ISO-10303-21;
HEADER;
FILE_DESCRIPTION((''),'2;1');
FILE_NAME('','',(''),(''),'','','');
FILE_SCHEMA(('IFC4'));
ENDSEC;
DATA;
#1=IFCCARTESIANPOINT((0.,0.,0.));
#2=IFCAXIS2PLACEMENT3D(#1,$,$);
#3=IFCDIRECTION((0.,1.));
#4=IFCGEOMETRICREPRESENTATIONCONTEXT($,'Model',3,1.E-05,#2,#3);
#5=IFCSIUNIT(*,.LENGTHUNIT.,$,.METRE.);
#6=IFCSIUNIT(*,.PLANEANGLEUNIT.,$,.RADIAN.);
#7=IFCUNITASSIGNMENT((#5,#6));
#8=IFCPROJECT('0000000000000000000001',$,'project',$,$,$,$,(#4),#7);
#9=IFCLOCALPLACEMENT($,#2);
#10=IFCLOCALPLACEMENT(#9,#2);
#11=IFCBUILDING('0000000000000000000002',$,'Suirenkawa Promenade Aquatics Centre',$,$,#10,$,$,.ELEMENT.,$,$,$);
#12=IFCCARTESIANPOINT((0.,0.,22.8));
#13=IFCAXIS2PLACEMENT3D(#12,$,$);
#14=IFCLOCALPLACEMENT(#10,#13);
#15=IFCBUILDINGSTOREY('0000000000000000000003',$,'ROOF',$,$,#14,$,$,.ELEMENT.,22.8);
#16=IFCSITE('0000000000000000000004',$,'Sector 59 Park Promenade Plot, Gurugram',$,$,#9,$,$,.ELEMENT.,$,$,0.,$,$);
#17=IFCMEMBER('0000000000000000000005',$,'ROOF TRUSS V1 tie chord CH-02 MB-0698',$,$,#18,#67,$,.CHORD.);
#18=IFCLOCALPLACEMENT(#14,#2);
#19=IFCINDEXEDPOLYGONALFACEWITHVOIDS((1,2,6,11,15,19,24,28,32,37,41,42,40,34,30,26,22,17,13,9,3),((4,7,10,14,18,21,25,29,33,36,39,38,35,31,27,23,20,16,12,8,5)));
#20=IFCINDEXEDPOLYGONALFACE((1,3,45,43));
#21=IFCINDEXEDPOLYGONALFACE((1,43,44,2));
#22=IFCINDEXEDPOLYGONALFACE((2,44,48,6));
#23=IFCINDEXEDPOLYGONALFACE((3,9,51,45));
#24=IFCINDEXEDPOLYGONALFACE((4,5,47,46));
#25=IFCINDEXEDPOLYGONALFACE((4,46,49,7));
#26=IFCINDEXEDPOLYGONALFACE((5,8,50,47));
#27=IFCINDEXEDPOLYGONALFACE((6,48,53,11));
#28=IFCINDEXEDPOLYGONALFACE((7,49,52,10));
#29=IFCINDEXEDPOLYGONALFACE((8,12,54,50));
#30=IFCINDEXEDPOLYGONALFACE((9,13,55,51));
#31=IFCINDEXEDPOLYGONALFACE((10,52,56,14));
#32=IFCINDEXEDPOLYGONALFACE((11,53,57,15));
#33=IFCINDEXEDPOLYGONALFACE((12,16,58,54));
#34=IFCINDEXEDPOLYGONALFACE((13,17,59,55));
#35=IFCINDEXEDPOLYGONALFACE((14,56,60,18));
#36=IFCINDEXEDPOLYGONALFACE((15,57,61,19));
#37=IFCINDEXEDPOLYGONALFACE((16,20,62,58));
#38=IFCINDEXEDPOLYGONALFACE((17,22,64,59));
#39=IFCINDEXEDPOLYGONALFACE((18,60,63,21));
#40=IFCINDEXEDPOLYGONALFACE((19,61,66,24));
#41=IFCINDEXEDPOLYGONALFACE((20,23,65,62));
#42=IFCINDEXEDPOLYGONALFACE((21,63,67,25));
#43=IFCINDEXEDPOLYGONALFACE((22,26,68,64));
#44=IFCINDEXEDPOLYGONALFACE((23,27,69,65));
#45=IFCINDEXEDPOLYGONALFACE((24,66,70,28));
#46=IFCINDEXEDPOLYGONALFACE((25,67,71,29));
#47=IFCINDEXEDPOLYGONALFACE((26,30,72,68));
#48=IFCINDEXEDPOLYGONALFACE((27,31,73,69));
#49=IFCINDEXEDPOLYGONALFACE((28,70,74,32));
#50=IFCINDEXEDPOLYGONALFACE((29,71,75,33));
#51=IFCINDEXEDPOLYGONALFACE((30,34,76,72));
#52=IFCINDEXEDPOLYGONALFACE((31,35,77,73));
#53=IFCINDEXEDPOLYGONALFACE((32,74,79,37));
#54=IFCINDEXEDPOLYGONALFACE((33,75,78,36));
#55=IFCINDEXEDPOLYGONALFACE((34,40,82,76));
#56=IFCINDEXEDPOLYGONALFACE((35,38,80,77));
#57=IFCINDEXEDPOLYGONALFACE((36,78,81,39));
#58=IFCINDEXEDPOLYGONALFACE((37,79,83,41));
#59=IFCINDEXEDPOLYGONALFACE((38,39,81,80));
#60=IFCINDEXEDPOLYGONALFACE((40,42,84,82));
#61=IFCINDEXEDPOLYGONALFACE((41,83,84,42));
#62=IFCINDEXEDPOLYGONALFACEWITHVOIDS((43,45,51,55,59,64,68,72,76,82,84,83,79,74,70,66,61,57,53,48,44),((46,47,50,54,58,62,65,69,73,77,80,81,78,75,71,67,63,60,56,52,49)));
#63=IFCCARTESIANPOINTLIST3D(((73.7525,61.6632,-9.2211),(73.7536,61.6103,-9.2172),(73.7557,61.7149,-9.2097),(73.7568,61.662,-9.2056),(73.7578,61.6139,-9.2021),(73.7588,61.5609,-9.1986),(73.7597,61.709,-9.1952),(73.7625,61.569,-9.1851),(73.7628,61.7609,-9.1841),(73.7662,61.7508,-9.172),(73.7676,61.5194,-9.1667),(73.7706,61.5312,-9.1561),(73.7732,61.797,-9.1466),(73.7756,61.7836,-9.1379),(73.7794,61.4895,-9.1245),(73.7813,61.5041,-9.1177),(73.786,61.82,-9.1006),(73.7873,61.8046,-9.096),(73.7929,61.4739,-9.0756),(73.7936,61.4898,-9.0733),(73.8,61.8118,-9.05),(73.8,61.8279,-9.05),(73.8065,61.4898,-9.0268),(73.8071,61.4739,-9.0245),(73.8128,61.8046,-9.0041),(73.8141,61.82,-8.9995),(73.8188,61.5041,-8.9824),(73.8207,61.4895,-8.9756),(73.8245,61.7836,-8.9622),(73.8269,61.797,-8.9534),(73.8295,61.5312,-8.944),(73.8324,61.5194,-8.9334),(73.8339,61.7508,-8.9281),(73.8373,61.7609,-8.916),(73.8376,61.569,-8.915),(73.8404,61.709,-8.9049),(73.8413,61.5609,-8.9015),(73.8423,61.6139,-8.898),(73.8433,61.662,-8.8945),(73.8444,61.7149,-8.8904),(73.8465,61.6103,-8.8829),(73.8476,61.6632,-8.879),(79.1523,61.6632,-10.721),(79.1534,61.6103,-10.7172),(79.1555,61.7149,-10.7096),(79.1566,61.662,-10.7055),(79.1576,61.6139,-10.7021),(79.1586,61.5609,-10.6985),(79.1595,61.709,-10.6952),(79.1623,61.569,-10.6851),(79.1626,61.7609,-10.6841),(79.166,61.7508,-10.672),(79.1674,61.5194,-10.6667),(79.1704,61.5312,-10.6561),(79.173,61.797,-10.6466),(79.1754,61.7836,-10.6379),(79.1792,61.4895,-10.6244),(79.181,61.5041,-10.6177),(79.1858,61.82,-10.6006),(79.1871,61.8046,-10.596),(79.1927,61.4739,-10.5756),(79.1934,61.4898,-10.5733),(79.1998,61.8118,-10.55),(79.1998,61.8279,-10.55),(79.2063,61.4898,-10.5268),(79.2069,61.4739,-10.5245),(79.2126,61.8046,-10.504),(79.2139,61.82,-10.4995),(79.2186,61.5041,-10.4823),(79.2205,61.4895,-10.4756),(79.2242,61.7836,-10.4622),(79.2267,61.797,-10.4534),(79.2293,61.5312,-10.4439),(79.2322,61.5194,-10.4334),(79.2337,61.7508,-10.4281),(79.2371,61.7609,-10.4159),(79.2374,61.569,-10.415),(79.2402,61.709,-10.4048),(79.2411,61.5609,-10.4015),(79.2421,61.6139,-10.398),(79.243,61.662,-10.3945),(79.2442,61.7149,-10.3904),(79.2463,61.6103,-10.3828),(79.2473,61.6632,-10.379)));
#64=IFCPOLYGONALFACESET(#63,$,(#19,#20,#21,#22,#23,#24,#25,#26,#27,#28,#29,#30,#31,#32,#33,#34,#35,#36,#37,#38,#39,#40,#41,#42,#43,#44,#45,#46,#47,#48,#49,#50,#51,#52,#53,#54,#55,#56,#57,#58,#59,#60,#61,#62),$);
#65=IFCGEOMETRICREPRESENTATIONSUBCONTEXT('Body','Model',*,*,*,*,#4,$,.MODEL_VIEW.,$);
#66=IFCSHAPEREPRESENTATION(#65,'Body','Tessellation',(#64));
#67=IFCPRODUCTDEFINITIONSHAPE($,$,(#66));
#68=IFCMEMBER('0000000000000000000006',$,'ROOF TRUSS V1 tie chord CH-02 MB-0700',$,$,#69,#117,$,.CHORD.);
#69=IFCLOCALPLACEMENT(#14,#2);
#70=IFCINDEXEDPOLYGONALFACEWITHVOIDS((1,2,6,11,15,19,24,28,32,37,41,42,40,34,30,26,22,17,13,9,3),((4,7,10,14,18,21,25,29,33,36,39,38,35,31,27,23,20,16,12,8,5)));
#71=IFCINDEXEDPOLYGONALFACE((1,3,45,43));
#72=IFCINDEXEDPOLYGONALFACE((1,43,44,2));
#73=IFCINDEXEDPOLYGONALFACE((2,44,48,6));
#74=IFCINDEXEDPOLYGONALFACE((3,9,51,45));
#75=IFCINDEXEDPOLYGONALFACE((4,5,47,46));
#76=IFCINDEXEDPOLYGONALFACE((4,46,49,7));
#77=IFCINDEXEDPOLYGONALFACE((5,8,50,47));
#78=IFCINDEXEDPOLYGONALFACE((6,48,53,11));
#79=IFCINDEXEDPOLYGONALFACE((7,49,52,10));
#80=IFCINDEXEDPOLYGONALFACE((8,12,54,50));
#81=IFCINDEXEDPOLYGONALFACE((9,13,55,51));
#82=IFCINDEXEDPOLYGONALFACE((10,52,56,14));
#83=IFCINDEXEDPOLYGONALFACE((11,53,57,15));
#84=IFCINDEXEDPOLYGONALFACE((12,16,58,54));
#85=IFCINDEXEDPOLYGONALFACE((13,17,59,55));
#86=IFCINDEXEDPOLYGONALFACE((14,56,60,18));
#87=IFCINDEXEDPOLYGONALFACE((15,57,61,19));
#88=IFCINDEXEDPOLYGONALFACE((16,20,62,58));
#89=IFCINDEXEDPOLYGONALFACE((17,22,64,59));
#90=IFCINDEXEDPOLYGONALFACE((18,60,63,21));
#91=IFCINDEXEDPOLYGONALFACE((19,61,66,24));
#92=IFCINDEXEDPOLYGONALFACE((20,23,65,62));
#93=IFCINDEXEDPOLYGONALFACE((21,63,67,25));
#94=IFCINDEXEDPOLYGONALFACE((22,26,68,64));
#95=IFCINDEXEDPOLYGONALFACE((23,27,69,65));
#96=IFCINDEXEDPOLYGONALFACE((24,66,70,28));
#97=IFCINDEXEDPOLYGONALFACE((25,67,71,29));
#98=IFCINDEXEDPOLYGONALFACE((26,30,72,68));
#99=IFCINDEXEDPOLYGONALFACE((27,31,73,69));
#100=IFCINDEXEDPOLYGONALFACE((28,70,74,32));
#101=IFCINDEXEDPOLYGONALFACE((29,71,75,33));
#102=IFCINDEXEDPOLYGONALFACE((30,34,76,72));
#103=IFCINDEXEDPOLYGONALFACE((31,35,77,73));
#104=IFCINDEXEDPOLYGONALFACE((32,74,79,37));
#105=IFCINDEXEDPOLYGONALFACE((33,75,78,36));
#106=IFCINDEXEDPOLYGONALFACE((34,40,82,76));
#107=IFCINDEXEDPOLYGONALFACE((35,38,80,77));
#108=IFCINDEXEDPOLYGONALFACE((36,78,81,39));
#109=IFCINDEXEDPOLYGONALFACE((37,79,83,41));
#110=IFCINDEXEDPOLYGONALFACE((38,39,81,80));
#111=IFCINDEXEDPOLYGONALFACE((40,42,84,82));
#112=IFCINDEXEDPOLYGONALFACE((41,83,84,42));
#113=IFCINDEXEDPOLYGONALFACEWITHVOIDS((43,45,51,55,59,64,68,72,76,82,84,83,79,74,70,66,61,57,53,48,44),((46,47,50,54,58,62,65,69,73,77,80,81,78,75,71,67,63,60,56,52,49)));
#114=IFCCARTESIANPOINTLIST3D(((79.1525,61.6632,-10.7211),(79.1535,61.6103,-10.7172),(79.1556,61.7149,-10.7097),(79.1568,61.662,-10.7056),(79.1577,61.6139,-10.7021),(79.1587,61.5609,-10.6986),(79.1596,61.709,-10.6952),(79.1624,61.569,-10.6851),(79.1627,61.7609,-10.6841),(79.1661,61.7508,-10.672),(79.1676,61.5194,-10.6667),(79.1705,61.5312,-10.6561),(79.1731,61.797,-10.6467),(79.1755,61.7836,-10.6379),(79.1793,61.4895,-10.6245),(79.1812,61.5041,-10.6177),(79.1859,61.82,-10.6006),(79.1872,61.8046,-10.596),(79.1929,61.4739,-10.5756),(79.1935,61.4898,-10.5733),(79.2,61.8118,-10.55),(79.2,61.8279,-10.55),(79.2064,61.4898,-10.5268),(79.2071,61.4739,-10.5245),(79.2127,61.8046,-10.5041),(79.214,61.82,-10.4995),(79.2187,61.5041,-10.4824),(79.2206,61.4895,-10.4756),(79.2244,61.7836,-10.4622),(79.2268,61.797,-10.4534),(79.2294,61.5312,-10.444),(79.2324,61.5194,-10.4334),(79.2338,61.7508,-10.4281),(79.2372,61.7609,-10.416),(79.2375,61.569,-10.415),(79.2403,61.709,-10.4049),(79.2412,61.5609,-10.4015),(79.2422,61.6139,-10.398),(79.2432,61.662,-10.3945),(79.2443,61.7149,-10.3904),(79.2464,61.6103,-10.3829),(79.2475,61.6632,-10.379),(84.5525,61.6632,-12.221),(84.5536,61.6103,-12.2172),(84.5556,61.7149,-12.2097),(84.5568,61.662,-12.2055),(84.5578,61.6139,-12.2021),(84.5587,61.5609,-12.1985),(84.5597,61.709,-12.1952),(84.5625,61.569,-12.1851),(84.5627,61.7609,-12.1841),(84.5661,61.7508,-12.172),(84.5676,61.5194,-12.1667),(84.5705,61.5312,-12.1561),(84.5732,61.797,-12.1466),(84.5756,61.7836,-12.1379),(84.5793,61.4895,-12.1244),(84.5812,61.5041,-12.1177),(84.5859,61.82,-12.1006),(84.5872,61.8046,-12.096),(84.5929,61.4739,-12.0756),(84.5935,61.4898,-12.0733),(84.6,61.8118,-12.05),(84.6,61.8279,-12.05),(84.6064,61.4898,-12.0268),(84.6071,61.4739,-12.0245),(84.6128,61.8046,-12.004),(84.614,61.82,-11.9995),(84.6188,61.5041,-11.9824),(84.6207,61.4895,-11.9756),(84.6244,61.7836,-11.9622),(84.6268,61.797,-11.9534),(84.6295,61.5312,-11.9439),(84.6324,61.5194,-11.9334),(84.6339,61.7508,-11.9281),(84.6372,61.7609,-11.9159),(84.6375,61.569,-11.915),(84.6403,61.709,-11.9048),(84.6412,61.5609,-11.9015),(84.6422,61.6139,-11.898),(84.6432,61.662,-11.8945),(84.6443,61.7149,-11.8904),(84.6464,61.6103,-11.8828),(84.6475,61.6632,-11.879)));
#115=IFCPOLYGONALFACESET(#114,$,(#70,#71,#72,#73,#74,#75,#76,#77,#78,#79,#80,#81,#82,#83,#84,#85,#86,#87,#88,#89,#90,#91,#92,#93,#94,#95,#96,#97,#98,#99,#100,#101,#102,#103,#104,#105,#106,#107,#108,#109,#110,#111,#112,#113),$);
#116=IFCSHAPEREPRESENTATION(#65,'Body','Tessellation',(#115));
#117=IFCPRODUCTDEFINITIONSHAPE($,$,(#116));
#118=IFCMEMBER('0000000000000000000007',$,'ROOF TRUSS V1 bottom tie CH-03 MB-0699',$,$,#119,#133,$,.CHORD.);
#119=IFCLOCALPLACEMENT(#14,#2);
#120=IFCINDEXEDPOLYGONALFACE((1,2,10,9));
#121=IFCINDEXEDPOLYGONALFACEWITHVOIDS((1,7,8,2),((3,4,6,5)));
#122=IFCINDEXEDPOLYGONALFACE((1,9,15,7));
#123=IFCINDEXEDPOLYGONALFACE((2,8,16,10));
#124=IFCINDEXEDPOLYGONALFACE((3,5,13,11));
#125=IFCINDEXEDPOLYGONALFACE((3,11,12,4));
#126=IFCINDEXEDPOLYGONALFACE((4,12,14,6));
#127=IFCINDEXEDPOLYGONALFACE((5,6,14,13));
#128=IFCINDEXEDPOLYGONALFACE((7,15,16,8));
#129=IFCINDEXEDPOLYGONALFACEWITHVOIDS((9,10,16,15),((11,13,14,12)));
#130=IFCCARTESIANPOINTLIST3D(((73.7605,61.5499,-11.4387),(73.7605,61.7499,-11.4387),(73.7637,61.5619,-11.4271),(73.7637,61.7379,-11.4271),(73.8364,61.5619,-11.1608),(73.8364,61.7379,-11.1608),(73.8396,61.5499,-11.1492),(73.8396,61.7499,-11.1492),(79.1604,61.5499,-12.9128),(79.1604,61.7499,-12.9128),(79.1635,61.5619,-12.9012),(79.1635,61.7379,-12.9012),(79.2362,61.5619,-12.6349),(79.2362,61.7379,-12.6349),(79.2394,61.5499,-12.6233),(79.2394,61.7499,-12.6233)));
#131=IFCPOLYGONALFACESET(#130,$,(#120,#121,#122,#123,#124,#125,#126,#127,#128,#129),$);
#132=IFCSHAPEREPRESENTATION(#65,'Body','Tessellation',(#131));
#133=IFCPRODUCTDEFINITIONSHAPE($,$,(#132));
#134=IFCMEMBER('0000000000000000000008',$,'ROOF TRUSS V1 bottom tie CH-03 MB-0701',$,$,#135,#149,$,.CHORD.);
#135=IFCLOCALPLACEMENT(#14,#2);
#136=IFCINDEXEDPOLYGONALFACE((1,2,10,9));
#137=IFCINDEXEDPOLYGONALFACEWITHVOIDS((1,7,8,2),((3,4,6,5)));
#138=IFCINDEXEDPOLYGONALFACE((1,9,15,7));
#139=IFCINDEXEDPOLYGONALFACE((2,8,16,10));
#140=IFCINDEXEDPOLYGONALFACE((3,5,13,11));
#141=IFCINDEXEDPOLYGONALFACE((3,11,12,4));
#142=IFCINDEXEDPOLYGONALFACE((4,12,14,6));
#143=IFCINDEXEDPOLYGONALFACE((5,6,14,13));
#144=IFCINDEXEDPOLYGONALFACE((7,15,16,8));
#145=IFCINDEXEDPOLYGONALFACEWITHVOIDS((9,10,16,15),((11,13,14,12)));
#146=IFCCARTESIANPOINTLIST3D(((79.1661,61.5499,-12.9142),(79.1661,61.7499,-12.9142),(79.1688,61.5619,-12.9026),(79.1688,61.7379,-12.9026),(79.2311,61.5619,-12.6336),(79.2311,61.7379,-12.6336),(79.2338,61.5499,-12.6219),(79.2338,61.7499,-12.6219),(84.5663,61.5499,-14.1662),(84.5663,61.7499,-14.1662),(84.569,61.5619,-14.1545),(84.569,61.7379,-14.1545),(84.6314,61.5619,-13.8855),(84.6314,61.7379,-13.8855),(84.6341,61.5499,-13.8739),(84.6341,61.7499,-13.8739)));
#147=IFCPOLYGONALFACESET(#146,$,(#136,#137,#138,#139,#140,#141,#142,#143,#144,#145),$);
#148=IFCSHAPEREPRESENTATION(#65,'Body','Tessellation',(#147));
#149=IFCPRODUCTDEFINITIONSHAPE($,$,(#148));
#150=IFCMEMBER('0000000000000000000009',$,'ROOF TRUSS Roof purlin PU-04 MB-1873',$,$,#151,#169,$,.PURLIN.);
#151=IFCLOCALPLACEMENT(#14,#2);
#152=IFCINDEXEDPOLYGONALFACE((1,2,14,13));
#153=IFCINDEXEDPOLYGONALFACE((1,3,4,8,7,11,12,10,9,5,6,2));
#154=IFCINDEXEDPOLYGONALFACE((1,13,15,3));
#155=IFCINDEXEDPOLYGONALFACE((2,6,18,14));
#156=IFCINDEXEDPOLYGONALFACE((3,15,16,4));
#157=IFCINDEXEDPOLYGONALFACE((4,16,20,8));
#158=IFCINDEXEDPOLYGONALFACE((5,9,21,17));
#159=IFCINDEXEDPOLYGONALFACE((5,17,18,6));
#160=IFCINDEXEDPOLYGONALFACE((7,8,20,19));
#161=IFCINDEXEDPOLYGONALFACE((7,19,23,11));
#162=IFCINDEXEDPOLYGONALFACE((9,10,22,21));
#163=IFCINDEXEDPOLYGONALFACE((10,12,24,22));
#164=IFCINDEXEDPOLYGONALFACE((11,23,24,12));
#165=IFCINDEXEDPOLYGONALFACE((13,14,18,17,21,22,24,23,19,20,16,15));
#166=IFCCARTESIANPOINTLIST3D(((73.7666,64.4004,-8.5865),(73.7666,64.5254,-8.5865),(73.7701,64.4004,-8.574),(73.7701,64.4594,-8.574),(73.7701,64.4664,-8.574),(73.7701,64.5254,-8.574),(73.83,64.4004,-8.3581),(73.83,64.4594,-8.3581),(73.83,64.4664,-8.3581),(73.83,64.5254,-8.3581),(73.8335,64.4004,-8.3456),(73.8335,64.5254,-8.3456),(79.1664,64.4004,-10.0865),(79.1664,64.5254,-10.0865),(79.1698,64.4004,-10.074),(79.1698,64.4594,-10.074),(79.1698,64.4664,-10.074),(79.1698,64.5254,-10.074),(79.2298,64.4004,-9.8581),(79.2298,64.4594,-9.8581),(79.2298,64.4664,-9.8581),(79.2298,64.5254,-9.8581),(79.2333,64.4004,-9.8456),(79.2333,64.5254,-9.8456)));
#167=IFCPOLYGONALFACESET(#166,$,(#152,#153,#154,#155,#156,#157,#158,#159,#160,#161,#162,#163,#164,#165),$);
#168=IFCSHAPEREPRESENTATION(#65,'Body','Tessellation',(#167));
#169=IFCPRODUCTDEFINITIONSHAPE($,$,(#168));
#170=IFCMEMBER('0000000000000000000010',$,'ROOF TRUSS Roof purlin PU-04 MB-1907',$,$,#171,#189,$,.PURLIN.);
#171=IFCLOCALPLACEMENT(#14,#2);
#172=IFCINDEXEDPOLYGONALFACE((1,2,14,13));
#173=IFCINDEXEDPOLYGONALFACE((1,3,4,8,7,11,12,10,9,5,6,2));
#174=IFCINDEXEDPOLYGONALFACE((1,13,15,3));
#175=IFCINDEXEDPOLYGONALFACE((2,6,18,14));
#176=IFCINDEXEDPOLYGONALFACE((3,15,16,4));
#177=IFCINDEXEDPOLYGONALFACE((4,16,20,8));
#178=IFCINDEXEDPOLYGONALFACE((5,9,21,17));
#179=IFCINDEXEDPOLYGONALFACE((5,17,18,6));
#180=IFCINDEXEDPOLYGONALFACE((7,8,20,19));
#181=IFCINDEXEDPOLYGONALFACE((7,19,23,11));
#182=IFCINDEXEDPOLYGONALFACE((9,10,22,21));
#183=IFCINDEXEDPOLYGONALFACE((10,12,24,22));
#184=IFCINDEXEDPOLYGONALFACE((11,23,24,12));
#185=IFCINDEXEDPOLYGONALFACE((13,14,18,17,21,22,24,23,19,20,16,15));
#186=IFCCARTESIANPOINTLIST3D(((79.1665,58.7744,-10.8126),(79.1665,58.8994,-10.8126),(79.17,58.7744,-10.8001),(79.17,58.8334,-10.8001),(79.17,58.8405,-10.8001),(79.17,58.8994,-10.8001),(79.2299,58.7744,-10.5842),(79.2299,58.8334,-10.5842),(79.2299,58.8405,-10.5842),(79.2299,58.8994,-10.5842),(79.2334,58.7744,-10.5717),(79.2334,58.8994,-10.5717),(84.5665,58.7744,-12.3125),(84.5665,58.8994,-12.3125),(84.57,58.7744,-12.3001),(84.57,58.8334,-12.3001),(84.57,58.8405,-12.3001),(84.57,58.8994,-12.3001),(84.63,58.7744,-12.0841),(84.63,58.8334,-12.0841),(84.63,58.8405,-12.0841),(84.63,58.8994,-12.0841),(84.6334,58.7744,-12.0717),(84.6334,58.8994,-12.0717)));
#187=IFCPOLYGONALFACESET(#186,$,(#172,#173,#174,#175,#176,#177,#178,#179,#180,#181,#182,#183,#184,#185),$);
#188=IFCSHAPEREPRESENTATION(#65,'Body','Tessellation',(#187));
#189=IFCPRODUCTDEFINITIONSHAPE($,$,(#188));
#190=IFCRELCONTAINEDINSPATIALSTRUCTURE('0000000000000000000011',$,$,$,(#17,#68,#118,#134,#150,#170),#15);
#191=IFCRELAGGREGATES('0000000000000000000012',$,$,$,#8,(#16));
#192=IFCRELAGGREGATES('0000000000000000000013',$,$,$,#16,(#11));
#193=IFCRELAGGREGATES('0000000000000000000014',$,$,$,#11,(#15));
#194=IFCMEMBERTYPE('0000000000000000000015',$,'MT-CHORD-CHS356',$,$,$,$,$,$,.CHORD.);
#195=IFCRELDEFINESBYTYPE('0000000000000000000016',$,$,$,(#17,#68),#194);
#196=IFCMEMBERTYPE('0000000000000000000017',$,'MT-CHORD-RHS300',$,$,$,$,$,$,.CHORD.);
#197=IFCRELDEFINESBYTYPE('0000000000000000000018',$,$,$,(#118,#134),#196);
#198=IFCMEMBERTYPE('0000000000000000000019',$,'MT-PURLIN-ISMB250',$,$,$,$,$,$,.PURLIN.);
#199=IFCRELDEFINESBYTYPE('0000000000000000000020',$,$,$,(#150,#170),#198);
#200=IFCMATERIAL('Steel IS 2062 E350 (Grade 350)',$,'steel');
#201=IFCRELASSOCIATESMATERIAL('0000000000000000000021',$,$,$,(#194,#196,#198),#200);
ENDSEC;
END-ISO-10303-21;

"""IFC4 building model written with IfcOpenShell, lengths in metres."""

from ifc_helpers import new_model, si_unit, direction, frame, origin, origin_2d, place, context, subcontext, project, spatial, hollow_rectangle, hollow_circle, i_section, extrude, material, material_profile, profile_set, type_object, element, save


model = new_model("IFC4")

# Units and contexts
model_context = context("Model", 3, precision=1e-05, world=origin(), true_north=direction((0.0, 1.0)))
body_context = subcontext(model_context, "Body", "Model", "MODEL_VIEW")
ifc_project = project(units=[si_unit("LENGTHUNIT", "METRE"), si_unit("PLANEANGLEUNIT", "RADIAN")], contexts=[model_context])

# Site, building, storey
site_placement = place(None, origin())
site = spatial("IfcSite", under=ifc_project, at=site_placement, Name="Sector 59 Park Promenade Plot, Gurugram", CompositionType="ELEMENT", RefElevation=0.0)
building_placement = place(site_placement, origin())
building = spatial("IfcBuilding", under=site, at=building_placement, Name="Suirenkawa Promenade Aquatics Centre", CompositionType="ELEMENT")
storey_placement = place(building_placement, frame((0.0, 0.0, 22.8)))
storey = spatial("IfcBuildingStorey", under=building, at=storey_placement, Name="ROOF", CompositionType="ELEMENT", Elevation=22.8)

# Shared definitions
ifc_material = material(Name="Steel IS 2062 E350 (Grade 350)", Category="steel")

# Members
ifc_material_profile_1 = material_profile(ifc_material, hollow_circle(Radius=0.178, WallThickness=0.0161, at=origin_2d()), Name="CHS 356x16", Category="steel")
ifc_profile_set_1 = profile_set([ifc_material_profile_1], Name="Steel IS 2062 E350 (Grade 350)")
member_type_1 = type_object("IfcMemberType", Name="MT-CHORD-CHS356", PredefinedType="CHORD", material=ifc_profile_set_1)
member_1_placement = place(storey_placement, frame((73.8, 61.6499, -9.05), z_axis=(0.963517, 0.0, -0.267648), x_axis=(0.0, 1.0, 0.0)))
element("IfcMember", 1, at=member_1_placement, inside=storey, type_object=member_type_1, Name="ROOF TRUSS V1 tie chord CH-02 MB-0698", PredefinedType="CHORD", context=body_context, shape_type="SweptSolid", body=[
    extrude(hollow_circle(Radius=0.178, WallThickness=0.0161, at=origin_2d()), origin(), (0.0, 0.0, 1.0), 5.6042),
])
member_2_placement = place(storey_placement, frame((79.2, 61.6499, -10.55), z_axis=(0.96352, 0.0, -0.267637), x_axis=(0.0, 1.0, 0.0)))
element("IfcMember", 2, at=member_2_placement, inside=storey, type_object=member_type_1, Name="ROOF TRUSS V1 tie chord CH-02 MB-0700", PredefinedType="CHORD", context=body_context, shape_type="SweptSolid", body=[
    extrude(hollow_circle(Radius=0.178, WallThickness=0.0161, at=origin_2d()), origin(), (0.0, 0.0, 1.0), 5.6045),
])
ifc_material_profile_2 = material_profile(ifc_material, hollow_rectangle(XDim=0.2, YDim=0.3, WallThickness=0.012, at=origin_2d()), Name="RHS 300x200x12", Category="steel")
ifc_profile_set_2 = profile_set([ifc_material_profile_2], Name="Steel IS 2062 E350 (Grade 350)")
member_type_2 = type_object("IfcMemberType", Name="MT-CHORD-RHS300", PredefinedType="CHORD", material=ifc_profile_set_2)
member_3_placement = place(storey_placement, frame((73.8, 61.6499, -11.2939), z_axis=(0.964699, 0.0, -0.263354), x_axis=(0.0, 1.0, 0.0)))
element("IfcMember", 3, at=member_3_placement, inside=storey, type_object=member_type_2, Name="ROOF TRUSS V1 bottom tie CH-03 MB-0699", PredefinedType="CHORD", context=body_context, shape_type="SweptSolid", body=[
    extrude(hollow_rectangle(XDim=0.2, YDim=0.3, WallThickness=0.012, at=origin_2d()), origin(), (0.0, 0.0, 1.0), 5.5974),
])
member_4_placement = place(storey_placement, frame((79.2, 61.6499, -12.7681), z_axis=(0.974163, 0.0, -0.225847), x_axis=(0.0, 1.0, 0.0)))
element("IfcMember", 4, at=member_4_placement, inside=storey, type_object=member_type_2, Name="ROOF TRUSS V1 bottom tie CH-03 MB-0701", PredefinedType="CHORD", context=body_context, shape_type="SweptSolid", body=[
    extrude(hollow_rectangle(XDim=0.2, YDim=0.3, WallThickness=0.012, at=origin_2d()), origin(), (0.0, 0.0, 1.0), 5.5435),
])
ifc_material_profile_3 = material_profile(ifc_material, i_section(OverallWidth=0.125, OverallDepth=0.25, WebThickness=0.0071, FlangeThickness=0.0129, at=origin_2d()), Name="ISMB 250", Category="steel")
ifc_profile_set_3 = profile_set([ifc_material_profile_3], Name="Steel IS 2062 E350 (Grade 350)")
member_type_3 = type_object("IfcMemberType", Name="MT-PURLIN-ISMB250", PredefinedType="PURLIN", material=ifc_profile_set_3)
member_5_placement = place(storey_placement, frame((73.8, 64.4629, -8.4661), z_axis=(0.963517, 0.0, -0.267648), x_axis=(0.0, 1.0, 0.0)))
element("IfcMember", 5, at=member_5_placement, inside=storey, type_object=member_type_3, Name="ROOF TRUSS Roof purlin PU-04 MB-1873", PredefinedType="PURLIN", context=body_context, shape_type="SweptSolid", body=[
    extrude(i_section(OverallWidth=0.125, OverallDepth=0.25, WebThickness=0.0071, FlangeThickness=0.0129, at=origin_2d()), origin(), (0.0, 0.0, 1.0), 5.6042),
])
member_6_placement = place(storey_placement, frame((79.2, 58.8369, -10.6921), z_axis=(0.96352, 0.0, -0.267637), x_axis=(0.0, 1.0, 0.0)))
element("IfcMember", 6, at=member_6_placement, inside=storey, type_object=member_type_3, Name="ROOF TRUSS Roof purlin PU-04 MB-1907", PredefinedType="PURLIN", context=body_context, shape_type="SweptSolid", body=[
    extrude(i_section(OverallWidth=0.125, OverallDepth=0.25, WebThickness=0.0071, FlangeThickness=0.0129, at=origin_2d()), origin(), (0.0, 0.0, 1.0), 5.6045),
])

save(model, "model.ifc")
